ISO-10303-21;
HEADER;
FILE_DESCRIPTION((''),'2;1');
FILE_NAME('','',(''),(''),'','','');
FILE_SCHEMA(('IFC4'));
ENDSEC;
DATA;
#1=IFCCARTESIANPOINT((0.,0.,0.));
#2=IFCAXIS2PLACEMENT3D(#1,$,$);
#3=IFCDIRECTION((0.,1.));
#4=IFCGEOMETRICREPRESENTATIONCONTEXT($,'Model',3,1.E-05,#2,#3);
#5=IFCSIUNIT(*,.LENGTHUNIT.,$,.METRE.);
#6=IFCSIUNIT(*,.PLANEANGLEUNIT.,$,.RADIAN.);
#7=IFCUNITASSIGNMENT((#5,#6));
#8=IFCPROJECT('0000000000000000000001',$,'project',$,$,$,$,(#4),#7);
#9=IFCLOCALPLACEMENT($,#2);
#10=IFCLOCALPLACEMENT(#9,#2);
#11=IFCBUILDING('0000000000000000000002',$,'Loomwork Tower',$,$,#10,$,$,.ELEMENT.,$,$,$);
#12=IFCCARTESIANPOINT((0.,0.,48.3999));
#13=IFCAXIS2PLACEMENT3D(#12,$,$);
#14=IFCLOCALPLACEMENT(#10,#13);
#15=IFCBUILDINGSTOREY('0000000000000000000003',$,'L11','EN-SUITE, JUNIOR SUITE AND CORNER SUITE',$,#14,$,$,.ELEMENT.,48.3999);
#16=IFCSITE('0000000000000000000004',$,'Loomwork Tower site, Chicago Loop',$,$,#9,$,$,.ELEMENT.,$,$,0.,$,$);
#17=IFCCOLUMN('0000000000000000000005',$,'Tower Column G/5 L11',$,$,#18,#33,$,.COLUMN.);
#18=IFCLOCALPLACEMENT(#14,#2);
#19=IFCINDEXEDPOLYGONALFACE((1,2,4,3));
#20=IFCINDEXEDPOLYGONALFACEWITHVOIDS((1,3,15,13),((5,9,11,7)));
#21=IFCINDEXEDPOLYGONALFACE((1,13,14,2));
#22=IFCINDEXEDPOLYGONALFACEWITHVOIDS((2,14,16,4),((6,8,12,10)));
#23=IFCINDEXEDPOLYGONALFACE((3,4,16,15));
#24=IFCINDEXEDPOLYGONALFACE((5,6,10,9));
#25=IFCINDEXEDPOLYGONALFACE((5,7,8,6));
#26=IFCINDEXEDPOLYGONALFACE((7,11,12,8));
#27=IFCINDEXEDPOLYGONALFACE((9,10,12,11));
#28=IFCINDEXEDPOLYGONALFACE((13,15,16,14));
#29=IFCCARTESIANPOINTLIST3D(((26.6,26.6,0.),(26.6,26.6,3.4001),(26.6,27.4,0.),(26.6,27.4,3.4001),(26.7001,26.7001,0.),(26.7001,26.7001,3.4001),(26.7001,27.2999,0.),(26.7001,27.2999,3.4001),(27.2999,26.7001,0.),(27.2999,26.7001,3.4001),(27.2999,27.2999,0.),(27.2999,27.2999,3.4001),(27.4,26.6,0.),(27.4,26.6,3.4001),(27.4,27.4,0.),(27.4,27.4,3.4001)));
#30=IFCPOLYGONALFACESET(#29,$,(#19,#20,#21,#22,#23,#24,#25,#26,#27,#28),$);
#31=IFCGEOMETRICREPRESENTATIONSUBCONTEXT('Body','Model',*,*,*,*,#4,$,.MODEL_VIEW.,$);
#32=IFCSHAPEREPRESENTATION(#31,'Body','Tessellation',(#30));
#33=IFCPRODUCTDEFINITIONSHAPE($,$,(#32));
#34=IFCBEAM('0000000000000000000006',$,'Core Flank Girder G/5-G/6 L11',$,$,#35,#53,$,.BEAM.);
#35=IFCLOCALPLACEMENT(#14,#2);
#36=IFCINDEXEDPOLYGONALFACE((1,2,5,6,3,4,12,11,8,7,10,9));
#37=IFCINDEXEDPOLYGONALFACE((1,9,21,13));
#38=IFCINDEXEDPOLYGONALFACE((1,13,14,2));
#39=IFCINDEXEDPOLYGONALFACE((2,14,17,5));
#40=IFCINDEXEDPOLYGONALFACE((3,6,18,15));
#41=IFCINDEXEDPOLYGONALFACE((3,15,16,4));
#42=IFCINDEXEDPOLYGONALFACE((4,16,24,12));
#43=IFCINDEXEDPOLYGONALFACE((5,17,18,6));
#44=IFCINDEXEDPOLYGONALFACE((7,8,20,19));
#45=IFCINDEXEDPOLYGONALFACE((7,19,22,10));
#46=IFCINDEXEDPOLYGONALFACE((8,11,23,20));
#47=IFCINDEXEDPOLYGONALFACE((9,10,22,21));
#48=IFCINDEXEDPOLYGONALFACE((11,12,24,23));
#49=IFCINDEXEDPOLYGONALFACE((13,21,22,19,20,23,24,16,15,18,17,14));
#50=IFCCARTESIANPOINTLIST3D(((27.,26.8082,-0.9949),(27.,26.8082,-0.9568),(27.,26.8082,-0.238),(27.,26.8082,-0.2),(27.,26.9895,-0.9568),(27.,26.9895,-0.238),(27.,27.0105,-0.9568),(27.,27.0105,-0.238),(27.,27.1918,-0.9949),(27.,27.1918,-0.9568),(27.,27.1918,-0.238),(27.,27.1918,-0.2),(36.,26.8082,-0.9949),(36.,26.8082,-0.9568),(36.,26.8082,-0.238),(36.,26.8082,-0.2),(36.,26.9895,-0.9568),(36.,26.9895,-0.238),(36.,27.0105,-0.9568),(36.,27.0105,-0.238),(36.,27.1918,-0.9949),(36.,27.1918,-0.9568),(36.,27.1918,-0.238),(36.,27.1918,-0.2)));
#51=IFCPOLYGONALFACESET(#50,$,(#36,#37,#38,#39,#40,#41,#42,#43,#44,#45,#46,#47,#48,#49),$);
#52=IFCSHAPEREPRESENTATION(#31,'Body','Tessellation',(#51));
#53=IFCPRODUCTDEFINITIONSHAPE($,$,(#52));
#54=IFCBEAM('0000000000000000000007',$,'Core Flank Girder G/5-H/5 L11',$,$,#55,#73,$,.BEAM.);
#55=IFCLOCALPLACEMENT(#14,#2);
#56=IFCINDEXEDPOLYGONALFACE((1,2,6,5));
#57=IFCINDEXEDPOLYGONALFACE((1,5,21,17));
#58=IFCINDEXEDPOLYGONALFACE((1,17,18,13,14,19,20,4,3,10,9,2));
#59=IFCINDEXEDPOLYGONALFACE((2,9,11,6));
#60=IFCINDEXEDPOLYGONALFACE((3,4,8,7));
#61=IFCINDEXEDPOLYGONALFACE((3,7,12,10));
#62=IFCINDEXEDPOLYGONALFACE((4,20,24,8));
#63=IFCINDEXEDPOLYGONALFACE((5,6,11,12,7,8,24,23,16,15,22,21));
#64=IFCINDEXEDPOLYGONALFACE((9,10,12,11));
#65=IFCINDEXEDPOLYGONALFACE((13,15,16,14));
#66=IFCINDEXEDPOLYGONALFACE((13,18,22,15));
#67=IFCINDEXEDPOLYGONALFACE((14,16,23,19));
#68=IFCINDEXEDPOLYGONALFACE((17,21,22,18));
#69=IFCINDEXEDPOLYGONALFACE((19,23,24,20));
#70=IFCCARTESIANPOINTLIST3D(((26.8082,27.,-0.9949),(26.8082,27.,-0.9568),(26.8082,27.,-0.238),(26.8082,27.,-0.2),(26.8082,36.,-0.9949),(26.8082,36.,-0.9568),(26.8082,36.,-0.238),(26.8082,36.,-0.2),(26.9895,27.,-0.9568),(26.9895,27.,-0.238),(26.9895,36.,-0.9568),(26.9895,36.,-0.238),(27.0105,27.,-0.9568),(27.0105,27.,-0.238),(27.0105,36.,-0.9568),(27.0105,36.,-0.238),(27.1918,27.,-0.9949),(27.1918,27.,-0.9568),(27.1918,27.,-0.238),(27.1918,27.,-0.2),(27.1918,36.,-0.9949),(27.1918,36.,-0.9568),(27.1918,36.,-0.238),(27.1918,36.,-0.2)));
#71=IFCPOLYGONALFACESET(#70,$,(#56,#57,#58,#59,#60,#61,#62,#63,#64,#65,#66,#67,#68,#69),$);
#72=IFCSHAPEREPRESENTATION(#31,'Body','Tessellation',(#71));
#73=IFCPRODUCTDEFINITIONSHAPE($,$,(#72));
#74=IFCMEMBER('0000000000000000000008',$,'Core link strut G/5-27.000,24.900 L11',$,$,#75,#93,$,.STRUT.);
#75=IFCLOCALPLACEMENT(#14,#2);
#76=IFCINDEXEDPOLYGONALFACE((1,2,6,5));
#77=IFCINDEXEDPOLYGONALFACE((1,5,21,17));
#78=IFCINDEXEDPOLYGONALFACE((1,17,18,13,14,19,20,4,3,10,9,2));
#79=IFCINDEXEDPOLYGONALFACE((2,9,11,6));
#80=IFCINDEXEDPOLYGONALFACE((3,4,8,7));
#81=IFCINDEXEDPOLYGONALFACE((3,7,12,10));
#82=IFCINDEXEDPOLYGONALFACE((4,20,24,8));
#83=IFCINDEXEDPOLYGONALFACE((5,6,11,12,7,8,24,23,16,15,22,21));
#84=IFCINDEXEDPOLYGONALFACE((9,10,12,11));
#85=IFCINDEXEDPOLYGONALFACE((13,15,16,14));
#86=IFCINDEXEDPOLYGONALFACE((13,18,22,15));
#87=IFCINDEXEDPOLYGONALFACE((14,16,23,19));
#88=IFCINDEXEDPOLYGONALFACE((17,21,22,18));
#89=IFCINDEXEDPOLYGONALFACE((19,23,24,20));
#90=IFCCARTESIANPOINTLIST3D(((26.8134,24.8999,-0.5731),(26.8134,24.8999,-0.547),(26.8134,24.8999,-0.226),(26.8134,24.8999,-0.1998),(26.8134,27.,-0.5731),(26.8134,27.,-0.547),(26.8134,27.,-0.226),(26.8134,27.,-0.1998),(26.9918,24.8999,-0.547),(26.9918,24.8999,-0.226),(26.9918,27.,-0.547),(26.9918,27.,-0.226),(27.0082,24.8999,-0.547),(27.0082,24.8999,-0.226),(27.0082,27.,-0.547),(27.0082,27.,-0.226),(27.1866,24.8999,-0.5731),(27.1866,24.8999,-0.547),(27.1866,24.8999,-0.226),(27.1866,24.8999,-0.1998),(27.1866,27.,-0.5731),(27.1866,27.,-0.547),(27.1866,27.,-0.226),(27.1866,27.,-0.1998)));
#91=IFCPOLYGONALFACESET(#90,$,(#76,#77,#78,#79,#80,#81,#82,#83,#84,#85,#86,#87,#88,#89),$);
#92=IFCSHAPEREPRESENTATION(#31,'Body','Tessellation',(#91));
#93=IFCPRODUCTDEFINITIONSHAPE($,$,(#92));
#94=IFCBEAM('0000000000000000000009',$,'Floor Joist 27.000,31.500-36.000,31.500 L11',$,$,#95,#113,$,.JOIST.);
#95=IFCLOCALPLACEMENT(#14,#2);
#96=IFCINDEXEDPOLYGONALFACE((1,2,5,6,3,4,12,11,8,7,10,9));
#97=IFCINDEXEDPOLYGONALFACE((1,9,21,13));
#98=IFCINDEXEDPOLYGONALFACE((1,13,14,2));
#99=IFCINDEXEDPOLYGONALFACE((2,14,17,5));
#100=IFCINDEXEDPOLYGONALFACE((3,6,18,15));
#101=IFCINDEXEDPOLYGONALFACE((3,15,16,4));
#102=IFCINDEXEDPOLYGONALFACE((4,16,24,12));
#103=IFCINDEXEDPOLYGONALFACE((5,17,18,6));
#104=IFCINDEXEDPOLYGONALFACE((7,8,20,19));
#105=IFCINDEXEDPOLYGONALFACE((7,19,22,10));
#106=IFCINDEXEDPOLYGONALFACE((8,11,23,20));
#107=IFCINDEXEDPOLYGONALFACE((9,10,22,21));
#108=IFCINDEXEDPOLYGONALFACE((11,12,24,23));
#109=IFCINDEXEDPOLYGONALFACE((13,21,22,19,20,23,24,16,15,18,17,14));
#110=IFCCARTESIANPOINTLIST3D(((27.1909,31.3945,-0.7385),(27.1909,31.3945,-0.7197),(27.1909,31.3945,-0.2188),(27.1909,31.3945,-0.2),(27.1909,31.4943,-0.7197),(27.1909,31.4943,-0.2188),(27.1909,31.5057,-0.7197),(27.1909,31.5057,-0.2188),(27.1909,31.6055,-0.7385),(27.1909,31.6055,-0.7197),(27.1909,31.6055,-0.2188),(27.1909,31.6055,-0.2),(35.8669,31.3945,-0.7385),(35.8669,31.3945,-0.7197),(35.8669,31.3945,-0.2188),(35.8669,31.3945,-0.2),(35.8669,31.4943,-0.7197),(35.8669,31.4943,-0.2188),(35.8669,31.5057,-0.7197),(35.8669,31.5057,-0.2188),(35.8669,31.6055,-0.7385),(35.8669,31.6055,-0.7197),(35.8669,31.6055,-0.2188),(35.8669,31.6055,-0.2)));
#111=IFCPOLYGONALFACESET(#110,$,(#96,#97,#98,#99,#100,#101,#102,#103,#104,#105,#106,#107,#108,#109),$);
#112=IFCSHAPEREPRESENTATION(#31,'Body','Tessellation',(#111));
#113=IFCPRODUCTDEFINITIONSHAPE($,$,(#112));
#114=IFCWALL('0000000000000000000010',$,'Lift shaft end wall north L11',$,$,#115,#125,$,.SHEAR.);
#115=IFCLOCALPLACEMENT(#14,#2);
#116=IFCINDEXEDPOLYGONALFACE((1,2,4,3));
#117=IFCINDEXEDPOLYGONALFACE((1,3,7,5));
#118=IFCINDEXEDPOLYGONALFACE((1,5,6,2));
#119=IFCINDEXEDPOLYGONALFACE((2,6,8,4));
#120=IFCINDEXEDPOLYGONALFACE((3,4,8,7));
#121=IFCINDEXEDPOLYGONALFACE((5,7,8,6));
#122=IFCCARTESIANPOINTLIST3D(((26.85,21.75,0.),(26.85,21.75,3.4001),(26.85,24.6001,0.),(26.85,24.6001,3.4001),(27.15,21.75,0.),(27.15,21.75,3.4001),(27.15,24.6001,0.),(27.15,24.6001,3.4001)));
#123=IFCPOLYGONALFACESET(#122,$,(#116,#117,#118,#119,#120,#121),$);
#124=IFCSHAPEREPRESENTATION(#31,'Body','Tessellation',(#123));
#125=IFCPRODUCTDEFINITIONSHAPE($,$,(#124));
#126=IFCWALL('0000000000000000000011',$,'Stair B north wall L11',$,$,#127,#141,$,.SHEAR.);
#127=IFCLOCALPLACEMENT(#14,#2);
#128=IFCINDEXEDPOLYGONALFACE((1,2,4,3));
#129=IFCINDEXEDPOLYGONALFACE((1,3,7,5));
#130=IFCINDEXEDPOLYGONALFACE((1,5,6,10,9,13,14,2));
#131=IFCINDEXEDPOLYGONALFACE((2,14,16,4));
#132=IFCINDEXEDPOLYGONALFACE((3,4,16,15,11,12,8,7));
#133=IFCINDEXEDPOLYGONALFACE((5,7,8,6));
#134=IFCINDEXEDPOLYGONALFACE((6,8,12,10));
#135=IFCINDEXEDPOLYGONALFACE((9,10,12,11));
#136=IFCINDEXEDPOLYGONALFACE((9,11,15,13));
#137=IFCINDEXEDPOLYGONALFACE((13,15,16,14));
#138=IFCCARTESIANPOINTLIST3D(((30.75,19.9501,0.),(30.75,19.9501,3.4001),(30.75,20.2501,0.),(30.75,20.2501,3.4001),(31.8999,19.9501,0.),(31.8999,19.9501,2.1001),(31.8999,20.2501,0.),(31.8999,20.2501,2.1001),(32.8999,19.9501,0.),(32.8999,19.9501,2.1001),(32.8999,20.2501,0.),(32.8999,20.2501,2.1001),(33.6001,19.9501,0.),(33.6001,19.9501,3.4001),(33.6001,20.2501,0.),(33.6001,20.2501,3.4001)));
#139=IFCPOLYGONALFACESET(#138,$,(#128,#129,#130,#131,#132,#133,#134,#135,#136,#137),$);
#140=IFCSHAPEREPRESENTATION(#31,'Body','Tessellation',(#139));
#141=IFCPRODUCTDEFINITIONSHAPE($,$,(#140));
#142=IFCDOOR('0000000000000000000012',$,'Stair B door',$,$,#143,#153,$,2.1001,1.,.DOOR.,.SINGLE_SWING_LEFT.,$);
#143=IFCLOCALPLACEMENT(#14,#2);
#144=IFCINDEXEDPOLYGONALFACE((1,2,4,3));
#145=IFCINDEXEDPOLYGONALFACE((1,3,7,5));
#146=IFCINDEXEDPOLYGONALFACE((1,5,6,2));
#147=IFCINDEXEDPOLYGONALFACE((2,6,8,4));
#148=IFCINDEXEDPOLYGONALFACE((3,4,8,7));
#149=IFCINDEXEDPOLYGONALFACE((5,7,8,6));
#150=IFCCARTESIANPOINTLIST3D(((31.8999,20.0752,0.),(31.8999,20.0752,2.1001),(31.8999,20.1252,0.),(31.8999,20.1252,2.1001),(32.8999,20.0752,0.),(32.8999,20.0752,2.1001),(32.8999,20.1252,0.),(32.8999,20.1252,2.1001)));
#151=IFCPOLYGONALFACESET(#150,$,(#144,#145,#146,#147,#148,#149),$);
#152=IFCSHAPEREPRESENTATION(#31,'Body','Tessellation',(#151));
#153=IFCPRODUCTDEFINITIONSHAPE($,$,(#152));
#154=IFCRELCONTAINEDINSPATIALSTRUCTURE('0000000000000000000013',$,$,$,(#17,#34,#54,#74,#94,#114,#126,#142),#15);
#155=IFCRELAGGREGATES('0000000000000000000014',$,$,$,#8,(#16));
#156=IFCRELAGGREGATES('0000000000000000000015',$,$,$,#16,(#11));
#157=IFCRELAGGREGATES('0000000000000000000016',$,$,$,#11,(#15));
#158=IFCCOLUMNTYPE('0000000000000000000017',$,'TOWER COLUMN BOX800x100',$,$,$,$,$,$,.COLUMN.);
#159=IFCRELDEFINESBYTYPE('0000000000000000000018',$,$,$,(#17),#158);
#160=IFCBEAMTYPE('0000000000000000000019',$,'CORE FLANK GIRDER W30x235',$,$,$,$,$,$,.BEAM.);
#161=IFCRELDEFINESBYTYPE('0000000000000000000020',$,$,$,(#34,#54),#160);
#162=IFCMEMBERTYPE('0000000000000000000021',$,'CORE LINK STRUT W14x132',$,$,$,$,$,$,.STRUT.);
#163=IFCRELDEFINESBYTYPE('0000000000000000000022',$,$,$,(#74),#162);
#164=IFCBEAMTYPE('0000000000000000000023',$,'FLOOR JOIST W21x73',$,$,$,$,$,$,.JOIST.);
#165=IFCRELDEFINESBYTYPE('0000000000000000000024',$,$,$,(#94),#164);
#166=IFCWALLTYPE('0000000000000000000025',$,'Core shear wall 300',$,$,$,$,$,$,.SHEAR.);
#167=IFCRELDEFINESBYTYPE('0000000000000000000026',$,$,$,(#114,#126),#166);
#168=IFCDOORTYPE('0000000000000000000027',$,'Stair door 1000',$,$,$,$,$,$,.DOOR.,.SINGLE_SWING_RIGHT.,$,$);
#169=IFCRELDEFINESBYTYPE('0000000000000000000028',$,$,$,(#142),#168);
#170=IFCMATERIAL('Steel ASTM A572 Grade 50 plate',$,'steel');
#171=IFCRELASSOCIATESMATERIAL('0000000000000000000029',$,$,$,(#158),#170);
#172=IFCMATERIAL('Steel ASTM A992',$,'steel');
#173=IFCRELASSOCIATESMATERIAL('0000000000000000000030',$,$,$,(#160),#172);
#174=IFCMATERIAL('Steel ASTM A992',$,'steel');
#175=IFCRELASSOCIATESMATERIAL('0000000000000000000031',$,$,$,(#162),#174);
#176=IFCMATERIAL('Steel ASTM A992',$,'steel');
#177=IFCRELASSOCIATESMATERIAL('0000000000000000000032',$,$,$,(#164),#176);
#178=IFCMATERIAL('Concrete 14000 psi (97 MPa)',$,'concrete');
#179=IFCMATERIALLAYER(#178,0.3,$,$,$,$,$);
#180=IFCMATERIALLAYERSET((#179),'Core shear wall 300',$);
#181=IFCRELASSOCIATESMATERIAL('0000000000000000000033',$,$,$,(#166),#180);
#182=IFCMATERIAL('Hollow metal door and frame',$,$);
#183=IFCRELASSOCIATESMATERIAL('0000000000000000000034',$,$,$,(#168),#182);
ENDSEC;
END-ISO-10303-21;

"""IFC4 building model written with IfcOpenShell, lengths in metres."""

from ifc_helpers import new_model, si_unit, direction, frame, frame_2d, origin, origin_2d, place, context, subcontext, project, spatial, rectangle, hollow_rectangle, i_section, extrude, material, layer, layer_set, material_profile, profile_set, type_object, element, fill, save


model = new_model("IFC4")

# Units and contexts
model_context = context("Model", 3, precision=1e-05, world=origin(), true_north=direction((0.0, 1.0)))
body_context = subcontext(model_context, "Body", "Model", "MODEL_VIEW")
ifc_project = project(units=[si_unit("LENGTHUNIT", "METRE"), si_unit("PLANEANGLEUNIT", "RADIAN")], contexts=[model_context])

# Site, building, storey
site_placement = place(None, origin())
site = spatial("IfcSite", under=ifc_project, at=site_placement, Name="Loomwork Tower site, Chicago Loop", CompositionType="ELEMENT", RefElevation=0.0)
building_placement = place(site_placement, origin())
building = spatial("IfcBuilding", under=site, at=building_placement, Name="Loomwork Tower", CompositionType="ELEMENT")
storey_placement = place(building_placement, frame((0.0, 0.0, 48.3999)))
storey = spatial("IfcBuildingStorey", under=building, at=storey_placement, Name="L11", Description="EN-SUITE, JUNIOR SUITE AND CORNER SUITE", CompositionType="ELEMENT", Elevation=48.3999)

# Column
ifc_material_1 = material(Name="Steel ASTM A572 Grade 50 plate", Category="steel")
ifc_material_profile_1 = material_profile(ifc_material_1, hollow_rectangle(XDim=0.8, YDim=0.8, WallThickness=0.1001, at=origin_2d()), Name="BOX800x100")
ifc_profile_set_1 = profile_set([ifc_material_profile_1], Name="Steel ASTM A572 Grade 50 plate")
column_type = type_object("IfcColumnType", Name="TOWER COLUMN BOX800x100", PredefinedType="COLUMN", material=ifc_profile_set_1)
column_placement = place(storey_placement, frame((27.0, 27.0, 0.0), z_axis=(0.0, 0.0, 1.0), x_axis=(1.0, 0.0, 0.0)))
element("IfcColumn", 1, at=column_placement, inside=storey, type_object=column_type, Name="Tower Column G/5 L11", PredefinedType="COLUMN", context=body_context, shape_type="SweptSolid", body=[
    extrude(hollow_rectangle(XDim=0.8, YDim=0.8, WallThickness=0.1001, at=origin_2d()), origin(), (0.0, 0.0, 1.0), 3.4001),
])

# Beams
ifc_material_2 = material(Name="Steel ASTM A992", Category="steel")
ifc_material_profile_2 = material_profile(ifc_material_2, i_section(OverallWidth=0.3835, OverallDepth=0.7949, WebThickness=0.021, FlangeThickness=0.0381, at=origin_2d()), Name="W30x235")
ifc_profile_set_2 = profile_set([ifc_material_profile_2], Name="Steel ASTM A992")
beam_type_1 = type_object("IfcBeamType", Name="CORE FLANK GIRDER W30x235", PredefinedType="BEAM", material=ifc_profile_set_2)
for number, where, z_axis, x_axis, name in (
    (2, (27.0, 27.0, -0.5974), (1.0, 0.0, 0.0), (0.0, 1.0, 0.0), "Core Flank Girder G/5-G/6 L11"),
    (3, (27.0, 27.0, -0.5974), (0.0, 1.0, 0.0), (-1.0, 0.0, 0.0), "Core Flank Girder G/5-H/5 L11"),
):
    element("IfcBeam", number, at=place(storey_placement, frame(where, z_axis=z_axis, x_axis=x_axis)), inside=storey, type_object=beam_type_1, Name=name, PredefinedType="BEAM", context=body_context, shape_type="SweptSolid", body=[
        extrude(i_section(OverallWidth=0.3835, OverallDepth=0.7949, WebThickness=0.021, FlangeThickness=0.0381, at=origin_2d()), origin(), (0.0, 0.0, 1.0), 9.0),
    ])

# Member
ifc_material_3 = material(Name="Steel ASTM A992", Category="steel")
ifc_material_profile_3 = material_profile(ifc_material_3, i_section(OverallWidth=0.3733, OverallDepth=0.3733, WebThickness=0.0164, FlangeThickness=0.0261, at=origin_2d()), Name="W14x132")
ifc_profile_set_3 = profile_set([ifc_material_profile_3], Name="Steel ASTM A992")
member_type = type_object("IfcMemberType", Name="CORE LINK STRUT W14x132", PredefinedType="STRUT", material=ifc_profile_set_3)
member_placement = place(storey_placement, frame((27.0, 27.0, -0.3865), z_axis=(0.0, -1.0, 0.0), x_axis=(1.0, 0.0, 0.0)))
element("IfcMember", 4, at=member_placement, inside=storey, type_object=member_type, Name="Core link strut G/5-27.000,24.900 L11", PredefinedType="STRUT", context=body_context, shape_type="SweptSolid", body=[
    extrude(i_section(OverallWidth=0.3733, OverallDepth=0.3733, WebThickness=0.0164, FlangeThickness=0.0261, at=origin_2d()), origin(), (0.0, 0.0, 1.0), 2.1001),
])

# Beam
ifc_material_4 = material(Name="Steel ASTM A992", Category="steel")
ifc_material_profile_4 = material_profile(ifc_material_4, i_section(OverallWidth=0.2109, OverallDepth=0.5386, WebThickness=0.0115, FlangeThickness=0.0188, at=origin_2d()), Name="W21x73")
ifc_profile_set_4 = profile_set([ifc_material_profile_4], Name="Steel ASTM A992")
beam_type_2 = type_object("IfcBeamType", Name="FLOOR JOIST W21x73", PredefinedType="JOIST", material=ifc_profile_set_4)
beam_placement = place(storey_placement, frame((27.1909, 31.5, -0.4692), z_axis=(1.0, 0.0, 0.0), x_axis=(0.0, 1.0, 0.0)))
element("IfcBeam", 5, at=beam_placement, inside=storey, type_object=beam_type_2, Name="Floor Joist 27.000,31.500-36.000,31.500 L11", PredefinedType="JOIST", context=body_context, shape_type="SweptSolid", body=[
    extrude(i_section(OverallWidth=0.2109, OverallDepth=0.5386, WebThickness=0.0115, FlangeThickness=0.0188, at=origin_2d()), origin(), (0.0, 0.0, 1.0), 8.676),
])

# Wall
ifc_material_5 = material(Name="Concrete 14000 psi (97 MPa)", Category="concrete")
ifc_layer_1 = layer(ifc_material_5, 0.3)
ifc_layer_set_1 = layer_set([ifc_layer_1], Name="Core shear wall 300")
wall_type_1 = type_object("IfcWallType", Name="Core shear wall 300", PredefinedType="SHEAR", material=ifc_layer_set_1)
wall_1_placement = place(storey_placement, frame((27.0, 21.75, 0.0), z_axis=(0.0, 0.0, 1.0), x_axis=(0.0, 1.0, 0.0)))
element("IfcWall", 6, at=wall_1_placement, inside=storey, type_object=wall_type_1, Name="Lift shaft end wall north L11", PredefinedType="SHEAR", context=body_context, shape_type="SweptSolid", body=[
    extrude(rectangle(XDim=2.8501, YDim=0.3, at=frame_2d((1.425, 0.0))), origin(), (0.0, 0.0, 1.0), 3.4001),
])

# Wall, opening, door
wall_2_placement = place(storey_placement, frame((30.75, 20.1001, 0.0), z_axis=(0.0, 0.0, 1.0), x_axis=(1.0, 0.0, 0.0)))
wall_2 = element("IfcWall", 7, at=wall_2_placement, inside=storey, type_object=wall_type_1, Name="Stair B north wall L11", PredefinedType="SHEAR", context=body_context, shape_type="SweptSolid", body=[
    extrude(rectangle(XDim=2.8501, YDim=0.3, at=frame_2d((1.425, 0.0))), origin(), (0.0, 0.0, 1.0), 3.4001),
])
opening_1_placement = place(wall_2_placement, frame((1.1499, 0.0, 0.0)))
opening_1 = element("IfcOpeningElement", 8, at=opening_1_placement, cuts=wall_2, PredefinedType="OPENING", context=body_context, shape_type="SweptSolid", body=[
    extrude(rectangle(XDim=1.0, YDim=2.1001, at=frame_2d((0.5, 1.05))), frame((0.0, 0.1599, 0.0), z_axis=(0.0, -1.0, 0.0), x_axis=(1.0, 0.0, 0.0)), (0.0, 0.0, 1.0), 0.3201),
])
ifc_material_6 = material(Name="Hollow metal door and frame")
door_type_1 = type_object("IfcDoorType", Name="Stair door 1000", OperationType="SINGLE_SWING_RIGHT", PredefinedType="DOOR", material=ifc_material_6)
door_1_placement = place(opening_1_placement, frame((1.0, 0.0, 0.0), z_axis=(0.0, 0.0, 1.0), x_axis=(-1.0, 0.0, 0.0)))
door_1 = element("IfcDoor", 9, at=door_1_placement, inside=storey, type_object=door_type_1, Name="Stair B door", OperationType="SINGLE_SWING_LEFT", OverallHeight=2.1001, OverallWidth=1.0, PredefinedType="DOOR", context=body_context, shape_type="SweptSolid", body=[
    extrude(rectangle(XDim=1.0, YDim=2.1001, at=frame_2d((0.5, 1.05))), frame((0.0, 0.0249, 0.0), z_axis=(0.0, -1.0, 0.0), x_axis=(1.0, 0.0, 0.0)), (0.0, 0.0, 1.0), 0.05),
])
fill(opening_1, door_1)

save(model, "model.ifc")
